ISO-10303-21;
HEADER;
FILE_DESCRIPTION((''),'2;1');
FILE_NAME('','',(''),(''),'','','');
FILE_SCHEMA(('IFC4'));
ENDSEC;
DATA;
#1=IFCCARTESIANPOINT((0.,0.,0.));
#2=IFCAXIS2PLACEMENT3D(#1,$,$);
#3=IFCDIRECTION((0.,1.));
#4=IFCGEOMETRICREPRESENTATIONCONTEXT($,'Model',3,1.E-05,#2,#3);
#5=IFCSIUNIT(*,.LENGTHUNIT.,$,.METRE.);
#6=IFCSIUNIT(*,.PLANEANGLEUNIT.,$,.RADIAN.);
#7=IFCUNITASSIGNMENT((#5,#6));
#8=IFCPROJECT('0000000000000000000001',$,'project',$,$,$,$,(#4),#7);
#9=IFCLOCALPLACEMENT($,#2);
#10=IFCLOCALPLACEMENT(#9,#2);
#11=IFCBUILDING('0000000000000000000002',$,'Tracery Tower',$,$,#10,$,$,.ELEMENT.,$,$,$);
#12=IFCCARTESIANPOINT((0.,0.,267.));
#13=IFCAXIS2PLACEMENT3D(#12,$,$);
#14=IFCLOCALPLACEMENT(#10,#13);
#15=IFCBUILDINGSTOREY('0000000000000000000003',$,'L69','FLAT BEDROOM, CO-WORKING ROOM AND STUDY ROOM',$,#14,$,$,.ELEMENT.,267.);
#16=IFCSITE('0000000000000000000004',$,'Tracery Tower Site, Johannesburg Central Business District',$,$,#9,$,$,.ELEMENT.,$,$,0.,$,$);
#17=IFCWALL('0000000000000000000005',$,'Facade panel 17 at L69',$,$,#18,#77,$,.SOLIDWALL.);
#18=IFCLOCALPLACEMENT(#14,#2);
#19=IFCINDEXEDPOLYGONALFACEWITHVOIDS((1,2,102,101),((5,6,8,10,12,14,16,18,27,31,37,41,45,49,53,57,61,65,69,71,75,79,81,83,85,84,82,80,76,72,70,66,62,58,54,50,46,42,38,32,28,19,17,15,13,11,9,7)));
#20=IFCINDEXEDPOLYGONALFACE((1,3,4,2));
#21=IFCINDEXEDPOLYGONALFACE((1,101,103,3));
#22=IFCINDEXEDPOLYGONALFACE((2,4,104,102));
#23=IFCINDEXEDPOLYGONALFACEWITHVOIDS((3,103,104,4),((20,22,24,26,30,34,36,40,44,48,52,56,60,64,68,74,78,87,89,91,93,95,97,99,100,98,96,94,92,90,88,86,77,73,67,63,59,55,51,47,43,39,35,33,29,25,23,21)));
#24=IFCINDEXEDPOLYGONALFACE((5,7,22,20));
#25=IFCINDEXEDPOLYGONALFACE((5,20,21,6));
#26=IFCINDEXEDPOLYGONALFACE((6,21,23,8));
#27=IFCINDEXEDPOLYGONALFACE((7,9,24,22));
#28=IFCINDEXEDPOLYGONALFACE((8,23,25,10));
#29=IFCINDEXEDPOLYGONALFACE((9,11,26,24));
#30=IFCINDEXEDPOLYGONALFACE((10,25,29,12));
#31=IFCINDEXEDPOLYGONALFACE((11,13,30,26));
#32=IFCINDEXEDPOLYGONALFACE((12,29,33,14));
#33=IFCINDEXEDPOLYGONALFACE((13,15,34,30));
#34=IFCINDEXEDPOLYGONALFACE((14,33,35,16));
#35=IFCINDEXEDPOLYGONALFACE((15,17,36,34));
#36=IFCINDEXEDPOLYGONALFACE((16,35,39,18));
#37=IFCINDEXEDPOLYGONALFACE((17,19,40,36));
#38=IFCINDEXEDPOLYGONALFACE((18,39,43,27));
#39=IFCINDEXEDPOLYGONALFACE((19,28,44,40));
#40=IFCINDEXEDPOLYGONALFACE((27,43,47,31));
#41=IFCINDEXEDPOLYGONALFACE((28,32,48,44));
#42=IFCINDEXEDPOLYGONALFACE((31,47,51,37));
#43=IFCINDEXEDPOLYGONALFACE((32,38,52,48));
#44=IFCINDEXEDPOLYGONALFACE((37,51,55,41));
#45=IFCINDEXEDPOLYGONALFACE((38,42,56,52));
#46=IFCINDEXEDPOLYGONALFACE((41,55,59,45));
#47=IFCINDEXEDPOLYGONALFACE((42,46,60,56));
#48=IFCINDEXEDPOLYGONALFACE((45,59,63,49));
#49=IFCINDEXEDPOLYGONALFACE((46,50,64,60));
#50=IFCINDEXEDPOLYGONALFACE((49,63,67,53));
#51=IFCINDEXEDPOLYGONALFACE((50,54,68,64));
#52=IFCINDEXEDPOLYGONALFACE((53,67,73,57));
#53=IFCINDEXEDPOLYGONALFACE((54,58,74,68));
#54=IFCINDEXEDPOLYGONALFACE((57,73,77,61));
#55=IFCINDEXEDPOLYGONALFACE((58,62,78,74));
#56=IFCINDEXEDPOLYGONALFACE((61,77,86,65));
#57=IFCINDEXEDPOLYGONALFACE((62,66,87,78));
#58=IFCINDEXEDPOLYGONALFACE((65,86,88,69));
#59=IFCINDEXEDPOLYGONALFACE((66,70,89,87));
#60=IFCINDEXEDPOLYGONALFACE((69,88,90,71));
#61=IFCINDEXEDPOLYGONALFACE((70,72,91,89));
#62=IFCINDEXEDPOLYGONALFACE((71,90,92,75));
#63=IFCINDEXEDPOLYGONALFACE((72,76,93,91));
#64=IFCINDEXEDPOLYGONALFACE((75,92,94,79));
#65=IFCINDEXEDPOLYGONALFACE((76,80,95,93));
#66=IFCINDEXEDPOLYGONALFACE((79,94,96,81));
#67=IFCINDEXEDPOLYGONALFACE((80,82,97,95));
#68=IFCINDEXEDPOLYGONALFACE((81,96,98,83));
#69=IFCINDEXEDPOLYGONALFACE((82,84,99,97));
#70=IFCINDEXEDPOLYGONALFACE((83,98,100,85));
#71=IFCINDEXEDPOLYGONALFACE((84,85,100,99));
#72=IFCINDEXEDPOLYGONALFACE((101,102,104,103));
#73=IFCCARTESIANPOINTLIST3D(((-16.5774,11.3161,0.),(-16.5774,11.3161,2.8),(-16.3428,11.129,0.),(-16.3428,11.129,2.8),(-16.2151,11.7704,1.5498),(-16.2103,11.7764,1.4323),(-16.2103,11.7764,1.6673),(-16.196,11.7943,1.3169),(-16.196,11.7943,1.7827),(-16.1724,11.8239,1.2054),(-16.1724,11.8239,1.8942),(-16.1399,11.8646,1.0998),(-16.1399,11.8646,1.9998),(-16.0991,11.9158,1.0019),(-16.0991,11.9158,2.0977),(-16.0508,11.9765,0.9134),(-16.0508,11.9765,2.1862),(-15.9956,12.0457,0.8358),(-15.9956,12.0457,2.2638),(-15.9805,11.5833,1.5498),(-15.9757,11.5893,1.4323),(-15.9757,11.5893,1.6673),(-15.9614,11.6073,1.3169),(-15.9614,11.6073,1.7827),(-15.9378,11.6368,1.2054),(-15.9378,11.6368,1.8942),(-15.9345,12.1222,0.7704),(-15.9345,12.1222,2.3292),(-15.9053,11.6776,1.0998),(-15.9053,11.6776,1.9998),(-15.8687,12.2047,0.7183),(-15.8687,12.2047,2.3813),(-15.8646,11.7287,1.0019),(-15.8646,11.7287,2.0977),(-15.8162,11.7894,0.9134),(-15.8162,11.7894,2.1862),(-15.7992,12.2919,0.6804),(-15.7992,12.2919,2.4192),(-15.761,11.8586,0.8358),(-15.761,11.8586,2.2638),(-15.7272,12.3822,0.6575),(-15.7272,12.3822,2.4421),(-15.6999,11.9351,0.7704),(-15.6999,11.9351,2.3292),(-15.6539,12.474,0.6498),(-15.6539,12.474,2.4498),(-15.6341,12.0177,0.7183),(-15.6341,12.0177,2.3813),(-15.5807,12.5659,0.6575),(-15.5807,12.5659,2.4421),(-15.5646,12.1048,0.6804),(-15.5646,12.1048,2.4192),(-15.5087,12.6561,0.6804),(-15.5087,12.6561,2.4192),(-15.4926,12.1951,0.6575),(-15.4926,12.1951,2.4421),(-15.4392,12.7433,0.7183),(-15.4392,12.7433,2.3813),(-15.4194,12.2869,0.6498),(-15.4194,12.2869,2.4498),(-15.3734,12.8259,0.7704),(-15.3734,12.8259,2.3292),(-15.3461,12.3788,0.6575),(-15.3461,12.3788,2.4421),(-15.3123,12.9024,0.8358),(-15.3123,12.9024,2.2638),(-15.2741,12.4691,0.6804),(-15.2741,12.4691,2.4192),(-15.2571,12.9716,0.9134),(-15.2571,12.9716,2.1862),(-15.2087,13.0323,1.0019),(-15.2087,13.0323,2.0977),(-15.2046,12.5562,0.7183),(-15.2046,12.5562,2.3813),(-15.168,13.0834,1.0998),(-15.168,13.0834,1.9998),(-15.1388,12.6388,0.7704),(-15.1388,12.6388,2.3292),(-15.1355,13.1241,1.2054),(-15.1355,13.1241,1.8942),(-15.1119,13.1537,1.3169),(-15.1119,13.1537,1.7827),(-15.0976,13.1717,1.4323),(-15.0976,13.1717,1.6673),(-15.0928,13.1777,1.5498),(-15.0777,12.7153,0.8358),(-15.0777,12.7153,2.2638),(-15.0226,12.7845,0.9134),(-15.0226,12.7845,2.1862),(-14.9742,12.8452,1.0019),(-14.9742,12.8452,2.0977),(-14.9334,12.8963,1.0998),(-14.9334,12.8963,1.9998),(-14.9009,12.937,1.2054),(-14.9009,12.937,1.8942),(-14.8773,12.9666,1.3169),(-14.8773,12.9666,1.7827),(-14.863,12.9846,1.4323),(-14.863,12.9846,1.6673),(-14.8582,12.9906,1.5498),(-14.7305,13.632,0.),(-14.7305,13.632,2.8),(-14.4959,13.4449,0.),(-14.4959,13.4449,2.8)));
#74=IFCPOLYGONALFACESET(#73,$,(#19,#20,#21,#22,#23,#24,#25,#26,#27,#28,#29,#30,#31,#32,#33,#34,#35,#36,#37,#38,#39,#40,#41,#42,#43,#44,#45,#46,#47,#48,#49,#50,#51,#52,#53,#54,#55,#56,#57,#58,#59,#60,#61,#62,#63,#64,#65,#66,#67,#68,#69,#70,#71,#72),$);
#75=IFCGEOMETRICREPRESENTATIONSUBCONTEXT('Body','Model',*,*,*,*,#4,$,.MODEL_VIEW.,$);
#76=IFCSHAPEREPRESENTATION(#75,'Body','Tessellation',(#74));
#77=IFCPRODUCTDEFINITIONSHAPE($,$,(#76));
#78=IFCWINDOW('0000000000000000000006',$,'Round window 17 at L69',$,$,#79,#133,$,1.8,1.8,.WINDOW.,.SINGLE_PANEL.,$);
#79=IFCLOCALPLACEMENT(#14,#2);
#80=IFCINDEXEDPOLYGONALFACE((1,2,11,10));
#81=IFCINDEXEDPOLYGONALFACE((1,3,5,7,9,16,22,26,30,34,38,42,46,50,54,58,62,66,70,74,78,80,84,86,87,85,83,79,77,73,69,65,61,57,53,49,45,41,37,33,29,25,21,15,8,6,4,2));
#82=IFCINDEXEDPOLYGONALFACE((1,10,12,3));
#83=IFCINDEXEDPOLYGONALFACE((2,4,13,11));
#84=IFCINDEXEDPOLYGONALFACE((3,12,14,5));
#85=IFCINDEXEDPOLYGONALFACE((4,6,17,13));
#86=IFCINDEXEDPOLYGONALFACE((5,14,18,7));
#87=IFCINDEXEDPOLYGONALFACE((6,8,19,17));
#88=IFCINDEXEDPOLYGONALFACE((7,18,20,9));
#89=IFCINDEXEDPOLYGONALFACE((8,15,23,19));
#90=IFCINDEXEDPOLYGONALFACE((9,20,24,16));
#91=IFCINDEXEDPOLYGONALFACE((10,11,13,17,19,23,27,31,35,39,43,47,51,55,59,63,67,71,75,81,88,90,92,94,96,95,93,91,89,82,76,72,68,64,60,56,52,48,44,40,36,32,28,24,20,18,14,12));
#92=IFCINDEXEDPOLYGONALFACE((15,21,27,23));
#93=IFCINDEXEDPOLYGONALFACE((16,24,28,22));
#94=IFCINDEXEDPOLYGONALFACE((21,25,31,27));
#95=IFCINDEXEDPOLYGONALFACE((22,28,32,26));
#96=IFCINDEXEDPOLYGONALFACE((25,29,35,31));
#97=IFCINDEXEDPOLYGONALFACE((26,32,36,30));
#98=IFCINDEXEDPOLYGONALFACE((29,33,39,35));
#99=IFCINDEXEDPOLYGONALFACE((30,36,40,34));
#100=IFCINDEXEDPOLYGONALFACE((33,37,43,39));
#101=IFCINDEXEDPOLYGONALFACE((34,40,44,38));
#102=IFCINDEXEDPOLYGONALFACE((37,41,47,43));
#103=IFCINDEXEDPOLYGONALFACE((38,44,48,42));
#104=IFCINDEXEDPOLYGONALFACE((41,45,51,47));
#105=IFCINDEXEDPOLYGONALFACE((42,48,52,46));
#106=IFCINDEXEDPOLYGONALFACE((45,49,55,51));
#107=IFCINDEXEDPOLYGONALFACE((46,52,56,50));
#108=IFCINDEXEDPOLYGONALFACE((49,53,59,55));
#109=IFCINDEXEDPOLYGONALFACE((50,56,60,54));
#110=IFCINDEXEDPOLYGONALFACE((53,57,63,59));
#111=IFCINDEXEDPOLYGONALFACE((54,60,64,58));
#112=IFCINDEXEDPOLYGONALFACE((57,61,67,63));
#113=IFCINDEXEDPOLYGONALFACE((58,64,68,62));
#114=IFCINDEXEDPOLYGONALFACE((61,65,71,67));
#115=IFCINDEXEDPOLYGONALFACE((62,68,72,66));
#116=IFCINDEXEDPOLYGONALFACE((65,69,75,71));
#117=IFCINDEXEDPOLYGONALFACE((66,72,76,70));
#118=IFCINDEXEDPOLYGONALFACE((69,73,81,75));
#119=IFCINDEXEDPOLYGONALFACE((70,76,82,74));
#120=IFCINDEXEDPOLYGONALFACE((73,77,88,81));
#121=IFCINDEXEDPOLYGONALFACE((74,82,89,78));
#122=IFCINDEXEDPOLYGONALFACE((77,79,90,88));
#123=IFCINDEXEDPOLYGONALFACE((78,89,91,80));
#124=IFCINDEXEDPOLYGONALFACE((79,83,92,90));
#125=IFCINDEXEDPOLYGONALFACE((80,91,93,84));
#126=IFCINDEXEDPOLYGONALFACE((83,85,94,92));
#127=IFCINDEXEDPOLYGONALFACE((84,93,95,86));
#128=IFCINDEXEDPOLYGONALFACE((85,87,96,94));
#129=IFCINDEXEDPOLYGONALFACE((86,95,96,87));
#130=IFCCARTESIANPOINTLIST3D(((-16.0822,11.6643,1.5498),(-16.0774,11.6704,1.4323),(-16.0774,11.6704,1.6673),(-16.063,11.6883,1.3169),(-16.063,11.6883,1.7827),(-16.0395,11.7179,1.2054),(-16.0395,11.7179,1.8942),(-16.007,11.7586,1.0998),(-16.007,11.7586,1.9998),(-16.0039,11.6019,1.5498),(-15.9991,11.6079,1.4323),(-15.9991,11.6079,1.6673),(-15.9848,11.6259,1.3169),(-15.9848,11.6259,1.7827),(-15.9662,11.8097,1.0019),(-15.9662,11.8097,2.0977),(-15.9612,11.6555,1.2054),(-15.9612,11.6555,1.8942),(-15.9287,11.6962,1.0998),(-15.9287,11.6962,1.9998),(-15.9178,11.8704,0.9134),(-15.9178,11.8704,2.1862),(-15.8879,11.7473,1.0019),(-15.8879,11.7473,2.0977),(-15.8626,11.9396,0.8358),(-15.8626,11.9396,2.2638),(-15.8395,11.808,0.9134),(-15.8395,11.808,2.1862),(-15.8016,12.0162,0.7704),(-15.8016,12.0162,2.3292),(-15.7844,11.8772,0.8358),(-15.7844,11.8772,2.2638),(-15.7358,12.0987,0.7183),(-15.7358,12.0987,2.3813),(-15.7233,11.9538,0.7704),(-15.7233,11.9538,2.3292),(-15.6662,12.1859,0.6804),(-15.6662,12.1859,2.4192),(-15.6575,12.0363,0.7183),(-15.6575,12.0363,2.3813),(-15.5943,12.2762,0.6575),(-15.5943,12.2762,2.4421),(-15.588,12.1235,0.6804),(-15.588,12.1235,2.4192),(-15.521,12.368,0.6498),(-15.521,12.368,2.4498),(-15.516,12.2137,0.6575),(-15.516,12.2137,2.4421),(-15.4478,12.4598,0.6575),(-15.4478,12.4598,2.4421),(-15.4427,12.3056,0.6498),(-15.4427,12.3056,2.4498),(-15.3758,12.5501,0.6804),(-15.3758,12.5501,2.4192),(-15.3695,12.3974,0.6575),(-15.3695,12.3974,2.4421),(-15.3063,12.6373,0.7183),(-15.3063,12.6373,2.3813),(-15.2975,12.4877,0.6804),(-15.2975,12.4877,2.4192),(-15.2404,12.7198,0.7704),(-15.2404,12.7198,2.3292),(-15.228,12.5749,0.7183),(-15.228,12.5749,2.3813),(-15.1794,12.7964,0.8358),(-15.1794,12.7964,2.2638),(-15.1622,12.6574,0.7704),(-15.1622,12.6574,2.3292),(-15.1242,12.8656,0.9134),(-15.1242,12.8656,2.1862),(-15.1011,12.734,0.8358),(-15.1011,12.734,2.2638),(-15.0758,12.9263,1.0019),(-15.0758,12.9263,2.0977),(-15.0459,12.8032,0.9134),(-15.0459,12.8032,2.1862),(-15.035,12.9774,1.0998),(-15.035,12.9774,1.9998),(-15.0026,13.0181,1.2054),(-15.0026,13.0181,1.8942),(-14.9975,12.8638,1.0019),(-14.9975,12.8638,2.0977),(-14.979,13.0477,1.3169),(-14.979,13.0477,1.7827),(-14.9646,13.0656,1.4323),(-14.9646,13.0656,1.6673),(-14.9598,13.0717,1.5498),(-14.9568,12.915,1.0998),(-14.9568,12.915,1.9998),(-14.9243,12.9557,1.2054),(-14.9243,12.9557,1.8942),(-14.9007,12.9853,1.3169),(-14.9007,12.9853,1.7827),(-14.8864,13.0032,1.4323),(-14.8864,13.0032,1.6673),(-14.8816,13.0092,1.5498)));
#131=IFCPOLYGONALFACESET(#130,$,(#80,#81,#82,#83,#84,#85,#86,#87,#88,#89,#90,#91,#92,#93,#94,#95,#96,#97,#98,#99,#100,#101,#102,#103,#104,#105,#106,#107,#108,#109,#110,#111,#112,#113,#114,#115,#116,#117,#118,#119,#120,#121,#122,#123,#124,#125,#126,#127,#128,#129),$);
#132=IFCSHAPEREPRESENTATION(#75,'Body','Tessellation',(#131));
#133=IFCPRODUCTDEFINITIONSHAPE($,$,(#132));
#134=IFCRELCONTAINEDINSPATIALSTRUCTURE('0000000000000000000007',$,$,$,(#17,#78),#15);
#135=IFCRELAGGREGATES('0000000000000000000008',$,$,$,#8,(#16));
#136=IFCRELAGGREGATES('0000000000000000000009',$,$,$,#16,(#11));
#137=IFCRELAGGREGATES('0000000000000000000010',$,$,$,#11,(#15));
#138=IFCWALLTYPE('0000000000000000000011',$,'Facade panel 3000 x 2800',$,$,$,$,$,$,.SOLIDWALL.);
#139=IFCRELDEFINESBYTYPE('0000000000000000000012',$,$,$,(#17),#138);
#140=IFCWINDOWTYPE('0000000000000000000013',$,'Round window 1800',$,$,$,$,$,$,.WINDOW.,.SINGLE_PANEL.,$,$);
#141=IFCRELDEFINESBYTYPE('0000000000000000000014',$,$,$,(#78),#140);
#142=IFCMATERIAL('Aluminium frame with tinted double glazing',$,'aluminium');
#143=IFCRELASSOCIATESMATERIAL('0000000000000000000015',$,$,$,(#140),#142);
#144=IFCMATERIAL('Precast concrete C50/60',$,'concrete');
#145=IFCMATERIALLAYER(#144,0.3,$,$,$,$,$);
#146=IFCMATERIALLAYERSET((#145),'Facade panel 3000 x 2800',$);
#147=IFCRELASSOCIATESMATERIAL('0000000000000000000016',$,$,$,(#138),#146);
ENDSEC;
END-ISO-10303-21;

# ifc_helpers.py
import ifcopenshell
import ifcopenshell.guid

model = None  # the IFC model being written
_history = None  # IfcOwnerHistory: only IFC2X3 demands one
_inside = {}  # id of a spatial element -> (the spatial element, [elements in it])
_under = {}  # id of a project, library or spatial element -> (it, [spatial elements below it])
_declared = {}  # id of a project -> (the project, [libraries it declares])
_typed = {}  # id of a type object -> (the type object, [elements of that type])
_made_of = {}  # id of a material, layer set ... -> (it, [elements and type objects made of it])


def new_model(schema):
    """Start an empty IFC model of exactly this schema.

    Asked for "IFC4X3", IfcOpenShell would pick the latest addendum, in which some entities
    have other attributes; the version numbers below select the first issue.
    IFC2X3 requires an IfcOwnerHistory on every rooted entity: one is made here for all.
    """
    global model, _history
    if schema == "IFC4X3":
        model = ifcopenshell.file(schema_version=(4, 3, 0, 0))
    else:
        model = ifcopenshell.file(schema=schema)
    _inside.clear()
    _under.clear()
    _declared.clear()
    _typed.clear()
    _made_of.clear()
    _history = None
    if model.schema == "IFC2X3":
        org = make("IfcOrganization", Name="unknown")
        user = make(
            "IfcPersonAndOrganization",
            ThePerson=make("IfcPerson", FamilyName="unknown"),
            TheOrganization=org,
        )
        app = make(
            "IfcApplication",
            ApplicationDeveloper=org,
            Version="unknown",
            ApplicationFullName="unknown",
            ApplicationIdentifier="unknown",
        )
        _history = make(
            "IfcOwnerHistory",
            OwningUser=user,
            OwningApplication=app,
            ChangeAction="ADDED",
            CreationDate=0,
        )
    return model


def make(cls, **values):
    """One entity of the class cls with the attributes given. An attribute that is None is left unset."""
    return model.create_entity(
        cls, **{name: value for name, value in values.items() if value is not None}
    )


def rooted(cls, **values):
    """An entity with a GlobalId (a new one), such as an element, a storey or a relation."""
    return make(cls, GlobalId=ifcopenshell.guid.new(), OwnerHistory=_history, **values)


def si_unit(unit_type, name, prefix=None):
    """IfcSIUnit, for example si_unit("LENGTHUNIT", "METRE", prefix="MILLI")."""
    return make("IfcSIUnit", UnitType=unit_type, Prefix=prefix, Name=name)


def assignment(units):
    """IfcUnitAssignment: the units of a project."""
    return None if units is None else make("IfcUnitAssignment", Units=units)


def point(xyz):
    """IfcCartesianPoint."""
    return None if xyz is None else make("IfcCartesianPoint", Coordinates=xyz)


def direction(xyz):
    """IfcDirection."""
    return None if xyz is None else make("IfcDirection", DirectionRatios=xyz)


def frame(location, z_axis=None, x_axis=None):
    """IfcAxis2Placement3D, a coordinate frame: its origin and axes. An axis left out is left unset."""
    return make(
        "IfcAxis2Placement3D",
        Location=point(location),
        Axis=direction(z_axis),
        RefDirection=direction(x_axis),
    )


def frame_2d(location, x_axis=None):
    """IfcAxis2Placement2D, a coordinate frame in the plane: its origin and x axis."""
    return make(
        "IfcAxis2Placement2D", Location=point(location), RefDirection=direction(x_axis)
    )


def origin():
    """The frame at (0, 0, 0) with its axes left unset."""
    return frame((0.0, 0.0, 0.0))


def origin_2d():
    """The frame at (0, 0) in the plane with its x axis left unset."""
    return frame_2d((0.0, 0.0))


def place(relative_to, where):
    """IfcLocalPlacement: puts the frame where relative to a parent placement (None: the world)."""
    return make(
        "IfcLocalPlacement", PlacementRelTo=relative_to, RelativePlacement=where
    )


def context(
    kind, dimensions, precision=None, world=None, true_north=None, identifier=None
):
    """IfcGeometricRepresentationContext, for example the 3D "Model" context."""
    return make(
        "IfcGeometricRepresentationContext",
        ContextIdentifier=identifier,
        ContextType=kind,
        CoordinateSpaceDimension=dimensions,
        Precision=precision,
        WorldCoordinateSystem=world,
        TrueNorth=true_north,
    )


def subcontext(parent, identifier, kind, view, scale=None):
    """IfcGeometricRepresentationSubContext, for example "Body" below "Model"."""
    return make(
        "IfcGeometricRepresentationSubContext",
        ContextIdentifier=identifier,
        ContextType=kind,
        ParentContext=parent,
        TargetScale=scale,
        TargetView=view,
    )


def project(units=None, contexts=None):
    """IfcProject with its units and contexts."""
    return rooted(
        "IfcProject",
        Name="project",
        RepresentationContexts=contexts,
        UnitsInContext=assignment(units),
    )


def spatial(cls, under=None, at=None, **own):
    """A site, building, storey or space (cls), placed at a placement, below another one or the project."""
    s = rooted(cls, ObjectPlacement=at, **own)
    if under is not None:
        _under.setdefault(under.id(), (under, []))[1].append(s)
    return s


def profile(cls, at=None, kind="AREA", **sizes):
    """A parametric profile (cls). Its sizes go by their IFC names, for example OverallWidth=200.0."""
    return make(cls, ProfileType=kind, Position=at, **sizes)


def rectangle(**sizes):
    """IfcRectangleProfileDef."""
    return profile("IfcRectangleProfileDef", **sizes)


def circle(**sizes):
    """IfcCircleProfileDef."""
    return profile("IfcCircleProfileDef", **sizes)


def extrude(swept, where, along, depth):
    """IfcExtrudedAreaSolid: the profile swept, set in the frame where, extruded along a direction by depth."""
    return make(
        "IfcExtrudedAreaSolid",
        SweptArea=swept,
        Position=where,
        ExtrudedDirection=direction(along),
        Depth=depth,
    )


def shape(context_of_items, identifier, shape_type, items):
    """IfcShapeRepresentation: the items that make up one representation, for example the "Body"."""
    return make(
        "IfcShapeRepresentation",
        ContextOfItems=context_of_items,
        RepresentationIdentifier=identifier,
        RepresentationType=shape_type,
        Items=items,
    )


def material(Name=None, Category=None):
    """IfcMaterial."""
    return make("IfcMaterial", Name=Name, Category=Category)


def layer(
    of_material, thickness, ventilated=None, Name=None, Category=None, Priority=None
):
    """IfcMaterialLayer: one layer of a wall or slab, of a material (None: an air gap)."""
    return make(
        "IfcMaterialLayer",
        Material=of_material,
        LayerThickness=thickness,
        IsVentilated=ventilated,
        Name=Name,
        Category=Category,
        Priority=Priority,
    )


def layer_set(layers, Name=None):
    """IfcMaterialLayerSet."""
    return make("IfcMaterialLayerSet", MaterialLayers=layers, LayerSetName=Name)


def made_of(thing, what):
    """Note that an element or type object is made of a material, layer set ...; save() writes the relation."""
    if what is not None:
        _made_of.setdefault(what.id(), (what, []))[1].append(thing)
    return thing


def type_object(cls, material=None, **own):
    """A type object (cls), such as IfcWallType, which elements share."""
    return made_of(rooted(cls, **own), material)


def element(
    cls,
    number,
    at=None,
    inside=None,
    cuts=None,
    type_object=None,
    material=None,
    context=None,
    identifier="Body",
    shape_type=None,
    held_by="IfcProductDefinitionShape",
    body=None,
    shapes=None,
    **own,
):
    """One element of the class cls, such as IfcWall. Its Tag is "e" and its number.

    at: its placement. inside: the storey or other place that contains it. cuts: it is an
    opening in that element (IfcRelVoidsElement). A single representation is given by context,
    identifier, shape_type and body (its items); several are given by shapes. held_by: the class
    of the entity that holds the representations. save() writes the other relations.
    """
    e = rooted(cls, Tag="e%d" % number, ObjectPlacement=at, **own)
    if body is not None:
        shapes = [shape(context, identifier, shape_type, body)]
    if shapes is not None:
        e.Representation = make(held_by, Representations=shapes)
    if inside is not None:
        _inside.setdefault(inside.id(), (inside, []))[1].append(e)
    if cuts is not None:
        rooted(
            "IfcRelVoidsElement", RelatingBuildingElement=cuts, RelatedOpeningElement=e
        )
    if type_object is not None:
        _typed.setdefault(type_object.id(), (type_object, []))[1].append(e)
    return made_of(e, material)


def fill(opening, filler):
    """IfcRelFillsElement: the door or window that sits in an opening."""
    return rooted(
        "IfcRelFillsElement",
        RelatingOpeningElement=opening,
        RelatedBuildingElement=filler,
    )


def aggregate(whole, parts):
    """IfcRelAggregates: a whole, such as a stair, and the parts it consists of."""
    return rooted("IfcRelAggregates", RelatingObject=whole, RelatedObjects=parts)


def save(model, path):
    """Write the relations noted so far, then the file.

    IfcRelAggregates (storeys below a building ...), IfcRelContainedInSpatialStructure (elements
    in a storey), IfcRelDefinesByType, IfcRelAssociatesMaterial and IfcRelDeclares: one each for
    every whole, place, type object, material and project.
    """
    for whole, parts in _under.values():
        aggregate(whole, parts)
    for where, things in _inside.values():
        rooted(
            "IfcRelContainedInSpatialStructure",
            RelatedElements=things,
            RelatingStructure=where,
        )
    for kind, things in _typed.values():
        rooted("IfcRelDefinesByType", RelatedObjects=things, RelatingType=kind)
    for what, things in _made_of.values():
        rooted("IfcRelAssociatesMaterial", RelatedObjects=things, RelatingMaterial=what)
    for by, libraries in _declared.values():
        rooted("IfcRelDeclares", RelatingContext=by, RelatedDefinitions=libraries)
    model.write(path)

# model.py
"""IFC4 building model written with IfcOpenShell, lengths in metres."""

from ifc_helpers import new_model, si_unit, direction, frame, frame_2d, origin, origin_2d, place, context, subcontext, project, spatial, rectangle, circle, extrude, material, layer, layer_set, type_object, element, fill, save


model = new_model("IFC4")

# Units and contexts
model_context = context("Model", 3, precision=1e-05, world=origin(), true_north=direction((0.0, 1.0)))
body_context = subcontext(model_context, "Body", "Model", "MODEL_VIEW")
ifc_project = project(units=[si_unit("LENGTHUNIT", "METRE"), si_unit("PLANEANGLEUNIT", "RADIAN")], contexts=[model_context])

# Site, building, storey
site_placement = place(None, origin())
site = spatial("IfcSite", under=ifc_project, at=site_placement, Name="Tracery Tower Site, Johannesburg Central Business District", CompositionType="ELEMENT", RefElevation=0.0)
building_placement = place(site_placement, origin())
building = spatial("IfcBuilding", under=site, at=building_placement, Name="Tracery Tower", CompositionType="ELEMENT")
storey_placement = place(building_placement, frame((0.0, 0.0, 267.0)))
storey = spatial("IfcBuildingStorey", under=building, at=storey_placement, Name="L69", Description="FLAT BEDROOM, CO-WORKING ROOM AND STUDY ROOM", CompositionType="ELEMENT", Elevation=267.0)

# Wall, opening, window
ifc_material_1 = material(Name="Aluminium frame with tinted double glazing", Category="aluminium")
window_type = type_object("IfcWindowType", Name="Round window 1800", PartitioningType="SINGLE_PANEL", PredefinedType="WINDOW", material=ifc_material_1)
ifc_material_2 = material(Name="Precast concrete C50/60", Category="concrete")
ifc_layer_1 = layer(ifc_material_2, 0.3)
ifc_layer_set_1 = layer_set([ifc_layer_1], Name="Facade panel 3000 x 2800")
wall_type_1 = type_object("IfcWallType", Name="Facade panel 3000 x 2800", PredefinedType="SOLIDWALL", material=ifc_layer_set_1)
wall_1_placement = place(storey_placement, frame((-14.6133, 13.5383, 0.0), z_axis=(0.0, 0.0, 1.0), x_axis=(-0.623498, -0.781825, 0.0)))
wall_1 = element("IfcWall", 1, at=wall_1_placement, inside=storey, type_object=wall_type_1, Name="Facade panel 17 at L69", PredefinedType="SOLIDWALL", context=body_context, shape_type="SweptSolid", body=[
    extrude(rectangle(XDim=2.9622, YDim=0.3, at=frame_2d((1.481, 0.0))), origin(), (0.0, 0.0, 1.0), 2.8),
])
opening_1_placement = place(wall_1_placement, frame((1.481, 0.0, 1.5498)))
opening_1 = element("IfcOpeningElement", 2, at=opening_1_placement, cuts=wall_1, PredefinedType="OPENING", context=body_context, shape_type="SweptSolid", body=[
    extrude(circle(Radius=0.9, at=origin_2d()), frame((0.0, 0.1599, 0.0), z_axis=(0.0, -1.0, 0.0), x_axis=(1.0, 0.0, 0.0)), (0.0, 0.0, 1.0), 0.3201),
])
window_1_placement = place(opening_1_placement, origin())
window_1 = element("IfcWindow", 3, at=window_1_placement, inside=storey, type_object=window_type, Name="Round window 17 at L69", OverallHeight=1.8, OverallWidth=1.8, PartitioningType="SINGLE_PANEL", PredefinedType="WINDOW", context=body_context, shape_type="SweptSolid", body=[
    extrude(circle(Radius=0.9, at=origin_2d()), frame((0.0, 0.1201, 0.0), z_axis=(0.0, -1.0, 0.0), x_axis=(1.0, 0.0, 0.0)), (0.0, 0.0, 1.0), 0.1001),
])
fill(opening_1, window_1)

save(model, "model.ifc")
